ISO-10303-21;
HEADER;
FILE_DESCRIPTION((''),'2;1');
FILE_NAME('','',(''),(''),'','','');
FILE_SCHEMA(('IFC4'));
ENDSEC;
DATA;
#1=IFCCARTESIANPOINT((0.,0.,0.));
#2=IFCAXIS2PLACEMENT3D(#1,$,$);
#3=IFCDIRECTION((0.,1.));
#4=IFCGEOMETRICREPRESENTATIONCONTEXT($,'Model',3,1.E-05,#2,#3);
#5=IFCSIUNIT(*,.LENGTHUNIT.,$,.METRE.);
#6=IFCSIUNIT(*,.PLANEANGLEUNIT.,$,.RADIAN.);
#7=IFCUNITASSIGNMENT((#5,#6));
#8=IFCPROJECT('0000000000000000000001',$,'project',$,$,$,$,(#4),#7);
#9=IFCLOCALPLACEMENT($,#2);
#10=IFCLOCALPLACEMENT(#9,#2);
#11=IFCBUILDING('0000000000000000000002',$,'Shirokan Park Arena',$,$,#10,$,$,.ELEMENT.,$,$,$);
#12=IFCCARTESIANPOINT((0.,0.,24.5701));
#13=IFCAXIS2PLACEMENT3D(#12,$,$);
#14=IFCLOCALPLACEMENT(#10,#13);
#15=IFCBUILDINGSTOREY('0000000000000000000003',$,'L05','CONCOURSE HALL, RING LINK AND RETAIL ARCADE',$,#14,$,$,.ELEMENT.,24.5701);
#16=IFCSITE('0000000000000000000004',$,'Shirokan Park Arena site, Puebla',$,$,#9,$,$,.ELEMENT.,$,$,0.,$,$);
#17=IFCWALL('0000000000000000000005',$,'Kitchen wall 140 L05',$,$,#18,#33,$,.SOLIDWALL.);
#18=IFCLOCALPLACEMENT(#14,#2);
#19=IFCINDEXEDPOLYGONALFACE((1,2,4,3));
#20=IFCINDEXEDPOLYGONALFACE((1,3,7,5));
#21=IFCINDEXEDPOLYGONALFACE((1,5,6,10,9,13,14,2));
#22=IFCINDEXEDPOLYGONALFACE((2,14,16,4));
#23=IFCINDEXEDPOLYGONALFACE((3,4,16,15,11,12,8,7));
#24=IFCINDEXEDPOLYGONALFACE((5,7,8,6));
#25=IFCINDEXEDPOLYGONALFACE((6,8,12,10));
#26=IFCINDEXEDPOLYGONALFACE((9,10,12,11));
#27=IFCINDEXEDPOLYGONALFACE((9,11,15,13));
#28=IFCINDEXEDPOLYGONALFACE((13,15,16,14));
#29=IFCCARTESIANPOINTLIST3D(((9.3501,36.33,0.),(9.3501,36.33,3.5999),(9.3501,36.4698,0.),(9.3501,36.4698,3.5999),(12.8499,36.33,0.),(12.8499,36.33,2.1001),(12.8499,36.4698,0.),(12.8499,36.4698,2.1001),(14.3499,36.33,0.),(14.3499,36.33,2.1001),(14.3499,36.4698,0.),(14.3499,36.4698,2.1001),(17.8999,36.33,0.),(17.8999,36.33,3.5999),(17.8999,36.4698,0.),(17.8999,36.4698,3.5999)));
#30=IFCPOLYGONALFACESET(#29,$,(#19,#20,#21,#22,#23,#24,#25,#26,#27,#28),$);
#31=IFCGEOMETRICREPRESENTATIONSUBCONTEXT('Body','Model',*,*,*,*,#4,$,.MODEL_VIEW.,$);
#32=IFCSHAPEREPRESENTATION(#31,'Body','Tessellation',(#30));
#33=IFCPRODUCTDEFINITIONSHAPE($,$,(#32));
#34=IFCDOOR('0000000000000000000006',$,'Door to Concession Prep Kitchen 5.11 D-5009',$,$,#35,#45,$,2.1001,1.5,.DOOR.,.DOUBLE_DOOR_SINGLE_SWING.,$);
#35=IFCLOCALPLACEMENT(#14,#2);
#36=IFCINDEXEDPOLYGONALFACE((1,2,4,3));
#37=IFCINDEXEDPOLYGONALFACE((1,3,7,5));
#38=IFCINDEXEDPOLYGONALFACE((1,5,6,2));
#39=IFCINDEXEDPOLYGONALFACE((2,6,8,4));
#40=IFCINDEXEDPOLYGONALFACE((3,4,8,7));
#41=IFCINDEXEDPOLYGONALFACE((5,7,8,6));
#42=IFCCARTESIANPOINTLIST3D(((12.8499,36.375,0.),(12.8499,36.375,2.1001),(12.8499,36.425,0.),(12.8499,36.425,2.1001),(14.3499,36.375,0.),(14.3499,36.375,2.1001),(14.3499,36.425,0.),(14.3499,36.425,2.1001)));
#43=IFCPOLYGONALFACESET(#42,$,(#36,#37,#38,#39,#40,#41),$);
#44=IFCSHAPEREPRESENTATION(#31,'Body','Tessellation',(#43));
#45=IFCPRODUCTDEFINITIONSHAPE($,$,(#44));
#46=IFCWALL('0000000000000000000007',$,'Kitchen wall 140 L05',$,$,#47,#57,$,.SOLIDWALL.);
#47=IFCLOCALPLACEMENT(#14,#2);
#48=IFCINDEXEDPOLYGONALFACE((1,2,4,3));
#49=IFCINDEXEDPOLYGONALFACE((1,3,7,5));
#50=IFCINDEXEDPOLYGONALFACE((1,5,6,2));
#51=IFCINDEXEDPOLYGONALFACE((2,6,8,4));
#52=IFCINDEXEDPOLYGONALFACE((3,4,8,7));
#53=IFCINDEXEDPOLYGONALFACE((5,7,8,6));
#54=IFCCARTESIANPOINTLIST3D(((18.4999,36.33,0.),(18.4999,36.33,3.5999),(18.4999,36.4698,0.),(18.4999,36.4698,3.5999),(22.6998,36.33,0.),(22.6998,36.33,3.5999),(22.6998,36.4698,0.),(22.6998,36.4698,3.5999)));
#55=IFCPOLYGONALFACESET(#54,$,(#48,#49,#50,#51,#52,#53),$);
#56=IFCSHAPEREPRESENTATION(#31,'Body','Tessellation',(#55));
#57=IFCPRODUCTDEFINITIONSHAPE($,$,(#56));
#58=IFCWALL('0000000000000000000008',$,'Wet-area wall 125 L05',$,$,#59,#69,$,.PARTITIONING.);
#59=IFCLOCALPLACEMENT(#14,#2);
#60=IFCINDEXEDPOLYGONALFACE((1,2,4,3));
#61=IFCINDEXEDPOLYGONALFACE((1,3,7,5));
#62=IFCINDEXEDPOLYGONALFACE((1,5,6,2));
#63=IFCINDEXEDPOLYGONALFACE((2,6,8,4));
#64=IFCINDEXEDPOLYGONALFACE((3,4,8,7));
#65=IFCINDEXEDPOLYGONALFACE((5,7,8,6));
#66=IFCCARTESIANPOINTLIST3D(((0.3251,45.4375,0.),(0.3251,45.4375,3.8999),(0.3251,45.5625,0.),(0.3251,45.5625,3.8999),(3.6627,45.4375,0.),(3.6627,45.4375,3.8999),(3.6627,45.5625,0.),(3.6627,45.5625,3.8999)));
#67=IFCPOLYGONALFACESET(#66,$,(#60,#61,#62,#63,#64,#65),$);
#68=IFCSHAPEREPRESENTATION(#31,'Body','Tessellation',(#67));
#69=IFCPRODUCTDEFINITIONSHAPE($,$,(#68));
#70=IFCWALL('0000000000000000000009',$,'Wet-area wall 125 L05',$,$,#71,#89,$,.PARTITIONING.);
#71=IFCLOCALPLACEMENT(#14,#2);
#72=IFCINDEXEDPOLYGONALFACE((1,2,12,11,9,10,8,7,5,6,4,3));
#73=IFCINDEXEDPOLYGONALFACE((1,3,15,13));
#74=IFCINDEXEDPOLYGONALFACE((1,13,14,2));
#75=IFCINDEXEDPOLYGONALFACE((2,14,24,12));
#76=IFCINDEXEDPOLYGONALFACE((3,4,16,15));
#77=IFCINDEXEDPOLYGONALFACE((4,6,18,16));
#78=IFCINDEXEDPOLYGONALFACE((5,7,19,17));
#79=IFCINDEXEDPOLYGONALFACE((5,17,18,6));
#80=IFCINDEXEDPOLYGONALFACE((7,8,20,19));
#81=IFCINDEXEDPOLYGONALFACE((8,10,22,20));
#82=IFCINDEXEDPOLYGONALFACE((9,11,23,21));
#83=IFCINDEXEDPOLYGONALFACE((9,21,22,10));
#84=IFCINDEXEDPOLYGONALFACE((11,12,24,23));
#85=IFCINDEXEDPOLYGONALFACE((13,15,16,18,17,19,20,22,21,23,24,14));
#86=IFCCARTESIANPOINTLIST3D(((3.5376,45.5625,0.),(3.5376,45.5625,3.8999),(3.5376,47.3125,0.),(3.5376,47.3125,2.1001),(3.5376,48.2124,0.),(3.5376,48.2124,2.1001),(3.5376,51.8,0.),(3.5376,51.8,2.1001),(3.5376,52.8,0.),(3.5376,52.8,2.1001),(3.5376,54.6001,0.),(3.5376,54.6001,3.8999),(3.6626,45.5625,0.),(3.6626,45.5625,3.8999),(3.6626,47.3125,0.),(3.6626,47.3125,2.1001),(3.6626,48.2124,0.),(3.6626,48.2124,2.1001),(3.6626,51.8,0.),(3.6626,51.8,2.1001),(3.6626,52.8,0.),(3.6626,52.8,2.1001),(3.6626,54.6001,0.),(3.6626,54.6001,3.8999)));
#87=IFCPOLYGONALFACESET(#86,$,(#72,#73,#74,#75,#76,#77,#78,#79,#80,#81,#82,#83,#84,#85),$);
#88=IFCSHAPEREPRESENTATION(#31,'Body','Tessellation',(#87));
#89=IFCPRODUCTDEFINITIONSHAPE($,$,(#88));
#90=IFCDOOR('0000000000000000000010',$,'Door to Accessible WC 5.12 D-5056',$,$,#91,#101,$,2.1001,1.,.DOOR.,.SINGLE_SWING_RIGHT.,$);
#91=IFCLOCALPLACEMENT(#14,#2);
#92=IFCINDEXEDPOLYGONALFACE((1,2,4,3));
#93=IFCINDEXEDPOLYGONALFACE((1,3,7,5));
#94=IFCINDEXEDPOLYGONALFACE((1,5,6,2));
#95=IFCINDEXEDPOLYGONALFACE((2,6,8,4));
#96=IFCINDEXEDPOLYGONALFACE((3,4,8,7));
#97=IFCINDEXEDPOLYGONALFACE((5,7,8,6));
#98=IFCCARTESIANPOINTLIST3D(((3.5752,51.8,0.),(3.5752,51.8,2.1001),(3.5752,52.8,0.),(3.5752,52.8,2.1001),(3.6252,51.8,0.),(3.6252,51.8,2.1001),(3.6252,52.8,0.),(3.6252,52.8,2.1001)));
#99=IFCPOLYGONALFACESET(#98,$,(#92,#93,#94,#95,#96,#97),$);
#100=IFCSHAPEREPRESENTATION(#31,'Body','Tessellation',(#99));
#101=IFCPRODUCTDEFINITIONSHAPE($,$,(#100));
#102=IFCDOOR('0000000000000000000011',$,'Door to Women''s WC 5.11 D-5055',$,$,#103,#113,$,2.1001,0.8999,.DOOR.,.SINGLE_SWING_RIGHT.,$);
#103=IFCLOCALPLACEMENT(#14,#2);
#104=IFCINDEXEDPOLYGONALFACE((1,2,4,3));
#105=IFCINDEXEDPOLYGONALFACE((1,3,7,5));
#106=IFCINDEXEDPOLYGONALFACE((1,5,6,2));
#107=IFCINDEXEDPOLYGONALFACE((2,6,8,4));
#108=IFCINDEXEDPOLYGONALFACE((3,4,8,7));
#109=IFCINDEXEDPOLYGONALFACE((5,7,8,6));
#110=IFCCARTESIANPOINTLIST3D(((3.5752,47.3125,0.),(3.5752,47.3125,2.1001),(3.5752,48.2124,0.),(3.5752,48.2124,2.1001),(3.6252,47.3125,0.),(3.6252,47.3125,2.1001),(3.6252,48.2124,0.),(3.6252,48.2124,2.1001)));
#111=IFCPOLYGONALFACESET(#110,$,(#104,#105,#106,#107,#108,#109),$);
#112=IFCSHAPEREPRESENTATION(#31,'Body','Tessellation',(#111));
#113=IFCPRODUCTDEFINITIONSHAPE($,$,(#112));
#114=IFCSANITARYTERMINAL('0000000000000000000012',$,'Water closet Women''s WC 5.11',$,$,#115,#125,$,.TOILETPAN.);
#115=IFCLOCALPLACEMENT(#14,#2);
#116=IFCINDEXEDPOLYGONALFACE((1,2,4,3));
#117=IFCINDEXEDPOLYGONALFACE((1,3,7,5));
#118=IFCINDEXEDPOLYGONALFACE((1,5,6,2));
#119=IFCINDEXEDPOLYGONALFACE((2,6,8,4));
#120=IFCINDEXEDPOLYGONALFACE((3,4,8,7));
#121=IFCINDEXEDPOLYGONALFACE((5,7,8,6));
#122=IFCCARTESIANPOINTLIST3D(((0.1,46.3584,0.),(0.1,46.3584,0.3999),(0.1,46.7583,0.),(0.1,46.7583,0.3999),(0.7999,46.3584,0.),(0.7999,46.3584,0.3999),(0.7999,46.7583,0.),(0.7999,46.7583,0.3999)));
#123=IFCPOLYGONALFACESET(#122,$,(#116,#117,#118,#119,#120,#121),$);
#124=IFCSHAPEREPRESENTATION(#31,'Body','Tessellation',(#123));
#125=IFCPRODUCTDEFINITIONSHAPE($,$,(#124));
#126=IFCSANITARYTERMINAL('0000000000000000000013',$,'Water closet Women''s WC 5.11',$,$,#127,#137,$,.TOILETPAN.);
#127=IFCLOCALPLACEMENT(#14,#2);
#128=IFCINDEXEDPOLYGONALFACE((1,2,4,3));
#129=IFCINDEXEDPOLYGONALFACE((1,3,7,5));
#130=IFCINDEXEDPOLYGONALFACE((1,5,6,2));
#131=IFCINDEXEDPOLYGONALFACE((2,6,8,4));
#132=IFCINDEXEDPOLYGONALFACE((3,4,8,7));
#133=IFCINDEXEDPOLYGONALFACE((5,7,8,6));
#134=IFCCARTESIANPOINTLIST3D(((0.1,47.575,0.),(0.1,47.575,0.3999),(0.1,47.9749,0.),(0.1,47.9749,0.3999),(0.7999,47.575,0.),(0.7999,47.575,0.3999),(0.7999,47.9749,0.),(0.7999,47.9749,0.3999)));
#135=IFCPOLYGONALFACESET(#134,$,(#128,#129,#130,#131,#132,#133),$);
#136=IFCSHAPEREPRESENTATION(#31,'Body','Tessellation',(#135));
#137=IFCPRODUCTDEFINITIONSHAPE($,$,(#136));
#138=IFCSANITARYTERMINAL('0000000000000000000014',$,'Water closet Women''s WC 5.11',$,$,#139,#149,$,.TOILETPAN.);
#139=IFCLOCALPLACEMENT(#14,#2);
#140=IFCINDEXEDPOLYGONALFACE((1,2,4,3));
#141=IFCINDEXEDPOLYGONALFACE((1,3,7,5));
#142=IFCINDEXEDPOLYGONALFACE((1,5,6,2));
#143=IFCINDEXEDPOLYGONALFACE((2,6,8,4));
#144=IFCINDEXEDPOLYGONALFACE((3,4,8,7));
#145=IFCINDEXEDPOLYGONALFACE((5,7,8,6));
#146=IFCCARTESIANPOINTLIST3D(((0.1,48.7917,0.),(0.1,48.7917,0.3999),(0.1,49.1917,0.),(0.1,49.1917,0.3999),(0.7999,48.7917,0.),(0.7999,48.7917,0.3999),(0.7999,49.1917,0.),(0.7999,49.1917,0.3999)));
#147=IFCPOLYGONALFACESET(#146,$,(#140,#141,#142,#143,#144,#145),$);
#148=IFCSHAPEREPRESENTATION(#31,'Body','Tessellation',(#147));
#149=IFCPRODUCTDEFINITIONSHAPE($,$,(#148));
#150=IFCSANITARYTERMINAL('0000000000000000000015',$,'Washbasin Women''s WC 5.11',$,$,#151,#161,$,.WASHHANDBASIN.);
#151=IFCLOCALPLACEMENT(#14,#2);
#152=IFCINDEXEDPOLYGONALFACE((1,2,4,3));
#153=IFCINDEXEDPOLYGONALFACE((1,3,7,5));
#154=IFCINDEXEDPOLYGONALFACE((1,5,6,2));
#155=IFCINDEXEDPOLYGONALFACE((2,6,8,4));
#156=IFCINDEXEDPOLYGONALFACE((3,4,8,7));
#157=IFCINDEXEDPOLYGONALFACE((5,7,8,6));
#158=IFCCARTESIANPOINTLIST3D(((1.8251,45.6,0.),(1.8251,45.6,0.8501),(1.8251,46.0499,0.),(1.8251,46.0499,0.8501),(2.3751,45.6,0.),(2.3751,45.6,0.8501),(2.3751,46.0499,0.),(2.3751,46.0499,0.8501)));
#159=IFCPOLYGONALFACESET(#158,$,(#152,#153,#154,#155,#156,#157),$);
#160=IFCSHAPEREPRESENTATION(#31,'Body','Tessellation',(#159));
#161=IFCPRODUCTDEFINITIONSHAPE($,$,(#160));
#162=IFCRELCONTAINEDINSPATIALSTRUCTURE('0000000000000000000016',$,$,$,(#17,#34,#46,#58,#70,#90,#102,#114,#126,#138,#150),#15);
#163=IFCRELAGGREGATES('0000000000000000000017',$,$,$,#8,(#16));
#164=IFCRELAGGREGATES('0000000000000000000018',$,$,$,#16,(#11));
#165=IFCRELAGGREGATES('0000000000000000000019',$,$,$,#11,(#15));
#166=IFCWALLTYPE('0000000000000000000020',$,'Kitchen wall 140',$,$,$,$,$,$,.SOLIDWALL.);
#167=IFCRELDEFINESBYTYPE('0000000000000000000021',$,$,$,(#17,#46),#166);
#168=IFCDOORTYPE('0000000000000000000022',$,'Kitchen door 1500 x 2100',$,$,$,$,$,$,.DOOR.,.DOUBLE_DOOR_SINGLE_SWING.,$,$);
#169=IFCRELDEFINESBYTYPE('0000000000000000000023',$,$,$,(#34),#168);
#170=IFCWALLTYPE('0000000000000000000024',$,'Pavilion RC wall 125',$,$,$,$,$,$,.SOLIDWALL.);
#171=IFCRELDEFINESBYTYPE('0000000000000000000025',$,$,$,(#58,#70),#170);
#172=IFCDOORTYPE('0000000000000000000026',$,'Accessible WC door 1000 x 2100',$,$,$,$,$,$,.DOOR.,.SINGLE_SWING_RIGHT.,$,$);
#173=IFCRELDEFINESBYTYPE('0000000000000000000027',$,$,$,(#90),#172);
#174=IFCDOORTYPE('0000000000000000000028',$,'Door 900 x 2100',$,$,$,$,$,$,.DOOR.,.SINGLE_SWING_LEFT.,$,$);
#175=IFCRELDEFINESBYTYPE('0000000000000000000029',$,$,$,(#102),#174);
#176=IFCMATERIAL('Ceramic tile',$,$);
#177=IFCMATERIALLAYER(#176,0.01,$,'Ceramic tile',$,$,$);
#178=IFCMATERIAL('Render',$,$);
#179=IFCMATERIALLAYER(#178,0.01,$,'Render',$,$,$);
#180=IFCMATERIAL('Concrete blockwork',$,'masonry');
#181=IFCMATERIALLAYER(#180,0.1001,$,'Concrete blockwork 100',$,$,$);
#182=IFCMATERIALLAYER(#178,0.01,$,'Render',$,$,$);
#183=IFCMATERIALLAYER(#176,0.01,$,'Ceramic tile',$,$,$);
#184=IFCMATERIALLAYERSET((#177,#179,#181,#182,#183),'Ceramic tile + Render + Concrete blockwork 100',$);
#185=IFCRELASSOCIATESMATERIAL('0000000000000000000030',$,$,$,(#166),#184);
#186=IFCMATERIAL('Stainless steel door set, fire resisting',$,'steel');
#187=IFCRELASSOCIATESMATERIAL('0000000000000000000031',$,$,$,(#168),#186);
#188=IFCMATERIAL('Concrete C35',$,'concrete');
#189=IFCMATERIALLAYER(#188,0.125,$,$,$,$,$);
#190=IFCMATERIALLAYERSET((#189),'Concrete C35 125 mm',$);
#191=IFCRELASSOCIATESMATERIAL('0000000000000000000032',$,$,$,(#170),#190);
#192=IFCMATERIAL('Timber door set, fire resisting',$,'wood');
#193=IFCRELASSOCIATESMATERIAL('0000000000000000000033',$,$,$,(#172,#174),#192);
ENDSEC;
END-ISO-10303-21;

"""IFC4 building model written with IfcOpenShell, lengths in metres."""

from ifc_helpers import new_model, si_unit, direction, frame, frame_2d, origin, origin_2d, place, context, subcontext, project, spatial, rectangle, extrude, material, layer, layer_set, type_object, element, fill, save


model = new_model("IFC4")

# Units and contexts
model_context = context("Model", 3, precision=1e-05, world=origin(), true_north=direction((0.0, 1.0)))
body_context = subcontext(model_context, "Body", "Model", "MODEL_VIEW")
ifc_project = project(units=[si_unit("LENGTHUNIT", "METRE"), si_unit("PLANEANGLEUNIT", "RADIAN")], contexts=[model_context])

# Site, building, storey
site_placement = place(None, origin())
site = spatial("IfcSite", under=ifc_project, at=site_placement, Name="Shirokan Park Arena site, Puebla", CompositionType="ELEMENT", RefElevation=0.0)
building_placement = place(site_placement, origin())
building = spatial("IfcBuilding", under=site, at=building_placement, Name="Shirokan Park Arena", CompositionType="ELEMENT")
storey_placement = place(building_placement, frame((0.0, 0.0, 24.5701)))
storey = spatial("IfcBuildingStorey", under=building, at=storey_placement, Name="L05", Description="CONCOURSE HALL, RING LINK AND RETAIL ARCADE", CompositionType="ELEMENT", Elevation=24.5701)

# Shared definitions
ifc_material_1 = material(Name="Concrete C35", Category="concrete")

# Shared definitions
ifc_material_2 = material(Name="Ceramic tile")
ifc_layer_1 = layer(ifc_material_2, 0.01, Name="Ceramic tile")
ifc_material_3 = material(Name="Render")
ifc_layer_2 = layer(ifc_material_3, 0.01, Name="Render")
ifc_material_4 = material(Name="Concrete blockwork", Category="masonry")
ifc_layer_3 = layer(ifc_material_4, 0.1001, Name="Concrete blockwork 100")
ifc_layer_4 = layer(ifc_material_3, 0.01, Name="Render")
ifc_layer_5 = layer(ifc_material_2, 0.01, Name="Ceramic tile")
ifc_layer_set_1 = layer_set([ifc_layer_1, ifc_layer_2, ifc_layer_3, ifc_layer_4, ifc_layer_5], Name="Ceramic tile + Render + Concrete blockwork 100")
wall_type_1 = type_object("IfcWallType", Name="Kitchen wall 140", PredefinedType="SOLIDWALL", material=ifc_layer_set_1)

# Wall, opening, door
wall_1_placement = place(storey_placement, frame((17.8999, 36.3999, 0.0), z_axis=(0.0, 0.0, 1.0), x_axis=(-1.0, 0.0, 0.0)))
wall_1 = element("IfcWall", 1, at=wall_1_placement, inside=storey, type_object=wall_type_1, Name="Kitchen wall 140 L05", PredefinedType="SOLIDWALL", context=body_context, shape_type="SweptSolid", body=[
    extrude(rectangle(XDim=8.5498, YDim=0.1399, at=frame_2d((4.2749, 0.0))), origin(), (0.0, 0.0, 1.0), 3.5999),
])
opening_1_placement = place(wall_1_placement, frame((3.55, 0.0, 0.0)))
opening_1 = element("IfcOpeningElement", 2, at=opening_1_placement, cuts=wall_1, PredefinedType="OPENING", context=body_context, shape_type="SweptSolid", body=[
    extrude(rectangle(XDim=1.5, YDim=2.1001, at=frame_2d((0.75, 1.05))), frame((0.0, 0.0798, 0.0), z_axis=(0.0, -1.0, 0.0), x_axis=(1.0, 0.0, 0.0)), (0.0, 0.0, 1.0), 0.1599),
])
ifc_material_5 = material(Name="Stainless steel door set, fire resisting", Category="steel")
door_type_1 = type_object("IfcDoorType", Name="Kitchen door 1500 x 2100", OperationType="DOUBLE_DOOR_SINGLE_SWING", PredefinedType="DOOR", material=ifc_material_5)
door_1_placement = place(opening_1_placement, origin())
door_1 = element("IfcDoor", 3, at=door_1_placement, inside=storey, type_object=door_type_1, Name="Door to Concession Prep Kitchen 5.11 D-5009", OperationType="DOUBLE_DOOR_SINGLE_SWING", OverallHeight=2.1001, OverallWidth=1.5, PredefinedType="DOOR", context=body_context, shape_type="SweptSolid", body=[
    extrude(rectangle(XDim=1.5, YDim=2.1001, at=frame_2d((0.75, 1.05))), frame((0.0, 0.0249, 0.0), z_axis=(0.0, -1.0, 0.0), x_axis=(1.0, 0.0, 0.0)), (0.0, 0.0, 1.0), 0.05),
])
fill(opening_1, door_1)

# Walls
wall_2_placement = place(storey_placement, frame((22.7, 36.3999, 0.0), z_axis=(0.0, 0.0, 1.0), x_axis=(-1.0, 0.0, 0.0)))
element("IfcWall", 4, at=wall_2_placement, inside=storey, type_object=wall_type_1, Name="Kitchen wall 140 L05", PredefinedType="SOLIDWALL", context=body_context, shape_type="SweptSolid", body=[
    extrude(rectangle(XDim=4.2, YDim=0.1399, at=frame_2d((2.1001, 0.0))), origin(), (0.0, 0.0, 1.0), 3.5999),
])
ifc_layer_6 = layer(ifc_material_1, 0.125)
ifc_layer_set_2 = layer_set([ifc_layer_6], Name="Concrete C35 125 mm")
wall_type_2 = type_object("IfcWallType", Name="Pavilion RC wall 125", PredefinedType="SOLIDWALL", material=ifc_layer_set_2)
wall_3_placement = place(storey_placement, frame((0.325, 45.5, 0.0), z_axis=(0.0, 0.0, 1.0), x_axis=(1.0, 0.0, 0.0)))
element("IfcWall", 5, at=wall_3_placement, inside=storey, type_object=wall_type_2, Name="Wet-area wall 125 L05", PredefinedType="PARTITIONING", context=body_context, shape_type="SweptSolid", body=[
    extrude(rectangle(XDim=3.3376, YDim=0.125, at=frame_2d((1.6689, 0.0))), origin(), (0.0, 0.0, 1.0), 3.8999),
])

# Wall, openings, doors
wall_4_placement = place(storey_placement, frame((3.6001, 45.5625, 0.0), z_axis=(0.0, 0.0, 1.0), x_axis=(0.0, 1.0, 0.0)))
wall_4 = element("IfcWall", 6, at=wall_4_placement, inside=storey, type_object=wall_type_2, Name="Wet-area wall 125 L05", PredefinedType="PARTITIONING", context=body_context, shape_type="SweptSolid", body=[
    extrude(rectangle(XDim=9.0376, YDim=0.125, at=frame_2d((4.5188, 0.0))), origin(), (0.0, 0.0, 1.0), 3.8999),
])
opening_2_placement = place(wall_4_placement, frame((1.75, 0.0, 0.0)))
opening_2 = element("IfcOpeningElement", 7, at=opening_2_placement, cuts=wall_4, PredefinedType="OPENING", context=body_context, shape_type="SweptSolid", body=[
    extrude(rectangle(XDim=0.8999, YDim=2.1001, at=frame_2d((0.45, 1.05))), frame((0.0, 0.0725, 0.0), z_axis=(0.0, -1.0, 0.0), x_axis=(1.0, 0.0, 0.0)), (0.0, 0.0, 1.0), 0.145),
])
opening_3_placement = place(wall_4_placement, frame((6.2375, 0.0, 0.0)))
opening_3 = element("IfcOpeningElement", 8, at=opening_3_placement, cuts=wall_4, PredefinedType="OPENING", context=body_context, shape_type="SweptSolid", body=[
    extrude(rectangle(XDim=1.0, YDim=2.1001, at=frame_2d((0.5, 1.05))), frame((0.0, 0.0725, 0.0), z_axis=(0.0, -1.0, 0.0), x_axis=(1.0, 0.0, 0.0)), (0.0, 0.0, 1.0), 0.145),
])
ifc_material_6 = material(Name="Timber door set, fire resisting", Category="wood")
door_type_2 = type_object("IfcDoorType", Name="Accessible WC door 1000 x 2100", OperationType="SINGLE_SWING_RIGHT", PredefinedType="DOOR", material=ifc_material_6)
door_2_placement = place(opening_3_placement, origin())
door_2 = element("IfcDoor", 9, at=door_2_placement, inside=storey, type_object=door_type_2, Name="Door to Accessible WC 5.12 D-5056", OperationType="SINGLE_SWING_RIGHT", OverallHeight=2.1001, OverallWidth=1.0, PredefinedType="DOOR", context=body_context, shape_type="SweptSolid", body=[
    extrude(rectangle(XDim=1.0, YDim=2.1001, at=frame_2d((0.5, 1.05))), frame((0.0, 0.0249, 0.0), z_axis=(0.0, -1.0, 0.0), x_axis=(1.0, 0.0, 0.0)), (0.0, 0.0, 1.0), 0.05),
])
fill(opening_3, door_2)
door_type_3 = type_object("IfcDoorType", Name="Door 900 x 2100", OperationType="SINGLE_SWING_LEFT", PredefinedType="DOOR", material=ifc_material_6)
door_3_placement = place(opening_2_placement, origin())
door_3 = element("IfcDoor", 10, at=door_3_placement, inside=storey, type_object=door_type_3, Name="Door to Women's WC 5.11 D-5055", OperationType="SINGLE_SWING_RIGHT", OverallHeight=2.1001, OverallWidth=0.8999, PredefinedType="DOOR", context=body_context, shape_type="SweptSolid", body=[
    extrude(rectangle(XDim=0.8999, YDim=2.1001, at=frame_2d((0.45, 1.05))), frame((0.0, 0.0249, 0.0), z_axis=(0.0, -1.0, 0.0), x_axis=(1.0, 0.0, 0.0)), (0.0, 0.0, 1.0), 0.05),
])
fill(opening_2, door_3)

# Sanitary terminals
for number, where, z_axis, x_axis, name in (
    (11, (0.45, 46.5583, 0.0), (0.0, 0.0, 1.0), (1.0, 0.0, 0.0), "Water closet Women's WC 5.11"),
    (12, (0.45, 47.7749, 0.0), (0.0, 0.0, 1.0), (1.0, 0.0, 0.0), "Water closet Women's WC 5.11"),
    (13, (0.45, 48.9917, 0.0), (0.0, 0.0, 1.0), (1.0, 0.0, 0.0), "Water closet Women's WC 5.11"),
):
    element("IfcSanitaryTerminal", number, at=place(storey_placement, frame(where, z_axis=z_axis, x_axis=x_axis)), inside=storey, Name=name, PredefinedType="TOILETPAN", context=body_context, shape_type="SweptSolid", body=[
        extrude(rectangle(XDim=0.7, YDim=0.3999, at=origin_2d()), origin(), (0.0, 0.0, 1.0), 0.3999),
    ])
sanitary_terminal_placement = place(storey_placement, frame((2.1001, 45.825, 0.0), z_axis=(0.0, 0.0, 1.0), x_axis=(1.0, 0.0, 0.0)))
element("IfcSanitaryTerminal", 14, at=sanitary_terminal_placement, inside=storey, Name="Washbasin Women's WC 5.11", PredefinedType="WASHHANDBASIN", context=body_context, shape_type="SweptSolid", body=[
    extrude(rectangle(XDim=0.55, YDim=0.45, at=origin_2d()), origin(), (0.0, 0.0, 1.0), 0.8501),
])

save(model, "model.ifc")
